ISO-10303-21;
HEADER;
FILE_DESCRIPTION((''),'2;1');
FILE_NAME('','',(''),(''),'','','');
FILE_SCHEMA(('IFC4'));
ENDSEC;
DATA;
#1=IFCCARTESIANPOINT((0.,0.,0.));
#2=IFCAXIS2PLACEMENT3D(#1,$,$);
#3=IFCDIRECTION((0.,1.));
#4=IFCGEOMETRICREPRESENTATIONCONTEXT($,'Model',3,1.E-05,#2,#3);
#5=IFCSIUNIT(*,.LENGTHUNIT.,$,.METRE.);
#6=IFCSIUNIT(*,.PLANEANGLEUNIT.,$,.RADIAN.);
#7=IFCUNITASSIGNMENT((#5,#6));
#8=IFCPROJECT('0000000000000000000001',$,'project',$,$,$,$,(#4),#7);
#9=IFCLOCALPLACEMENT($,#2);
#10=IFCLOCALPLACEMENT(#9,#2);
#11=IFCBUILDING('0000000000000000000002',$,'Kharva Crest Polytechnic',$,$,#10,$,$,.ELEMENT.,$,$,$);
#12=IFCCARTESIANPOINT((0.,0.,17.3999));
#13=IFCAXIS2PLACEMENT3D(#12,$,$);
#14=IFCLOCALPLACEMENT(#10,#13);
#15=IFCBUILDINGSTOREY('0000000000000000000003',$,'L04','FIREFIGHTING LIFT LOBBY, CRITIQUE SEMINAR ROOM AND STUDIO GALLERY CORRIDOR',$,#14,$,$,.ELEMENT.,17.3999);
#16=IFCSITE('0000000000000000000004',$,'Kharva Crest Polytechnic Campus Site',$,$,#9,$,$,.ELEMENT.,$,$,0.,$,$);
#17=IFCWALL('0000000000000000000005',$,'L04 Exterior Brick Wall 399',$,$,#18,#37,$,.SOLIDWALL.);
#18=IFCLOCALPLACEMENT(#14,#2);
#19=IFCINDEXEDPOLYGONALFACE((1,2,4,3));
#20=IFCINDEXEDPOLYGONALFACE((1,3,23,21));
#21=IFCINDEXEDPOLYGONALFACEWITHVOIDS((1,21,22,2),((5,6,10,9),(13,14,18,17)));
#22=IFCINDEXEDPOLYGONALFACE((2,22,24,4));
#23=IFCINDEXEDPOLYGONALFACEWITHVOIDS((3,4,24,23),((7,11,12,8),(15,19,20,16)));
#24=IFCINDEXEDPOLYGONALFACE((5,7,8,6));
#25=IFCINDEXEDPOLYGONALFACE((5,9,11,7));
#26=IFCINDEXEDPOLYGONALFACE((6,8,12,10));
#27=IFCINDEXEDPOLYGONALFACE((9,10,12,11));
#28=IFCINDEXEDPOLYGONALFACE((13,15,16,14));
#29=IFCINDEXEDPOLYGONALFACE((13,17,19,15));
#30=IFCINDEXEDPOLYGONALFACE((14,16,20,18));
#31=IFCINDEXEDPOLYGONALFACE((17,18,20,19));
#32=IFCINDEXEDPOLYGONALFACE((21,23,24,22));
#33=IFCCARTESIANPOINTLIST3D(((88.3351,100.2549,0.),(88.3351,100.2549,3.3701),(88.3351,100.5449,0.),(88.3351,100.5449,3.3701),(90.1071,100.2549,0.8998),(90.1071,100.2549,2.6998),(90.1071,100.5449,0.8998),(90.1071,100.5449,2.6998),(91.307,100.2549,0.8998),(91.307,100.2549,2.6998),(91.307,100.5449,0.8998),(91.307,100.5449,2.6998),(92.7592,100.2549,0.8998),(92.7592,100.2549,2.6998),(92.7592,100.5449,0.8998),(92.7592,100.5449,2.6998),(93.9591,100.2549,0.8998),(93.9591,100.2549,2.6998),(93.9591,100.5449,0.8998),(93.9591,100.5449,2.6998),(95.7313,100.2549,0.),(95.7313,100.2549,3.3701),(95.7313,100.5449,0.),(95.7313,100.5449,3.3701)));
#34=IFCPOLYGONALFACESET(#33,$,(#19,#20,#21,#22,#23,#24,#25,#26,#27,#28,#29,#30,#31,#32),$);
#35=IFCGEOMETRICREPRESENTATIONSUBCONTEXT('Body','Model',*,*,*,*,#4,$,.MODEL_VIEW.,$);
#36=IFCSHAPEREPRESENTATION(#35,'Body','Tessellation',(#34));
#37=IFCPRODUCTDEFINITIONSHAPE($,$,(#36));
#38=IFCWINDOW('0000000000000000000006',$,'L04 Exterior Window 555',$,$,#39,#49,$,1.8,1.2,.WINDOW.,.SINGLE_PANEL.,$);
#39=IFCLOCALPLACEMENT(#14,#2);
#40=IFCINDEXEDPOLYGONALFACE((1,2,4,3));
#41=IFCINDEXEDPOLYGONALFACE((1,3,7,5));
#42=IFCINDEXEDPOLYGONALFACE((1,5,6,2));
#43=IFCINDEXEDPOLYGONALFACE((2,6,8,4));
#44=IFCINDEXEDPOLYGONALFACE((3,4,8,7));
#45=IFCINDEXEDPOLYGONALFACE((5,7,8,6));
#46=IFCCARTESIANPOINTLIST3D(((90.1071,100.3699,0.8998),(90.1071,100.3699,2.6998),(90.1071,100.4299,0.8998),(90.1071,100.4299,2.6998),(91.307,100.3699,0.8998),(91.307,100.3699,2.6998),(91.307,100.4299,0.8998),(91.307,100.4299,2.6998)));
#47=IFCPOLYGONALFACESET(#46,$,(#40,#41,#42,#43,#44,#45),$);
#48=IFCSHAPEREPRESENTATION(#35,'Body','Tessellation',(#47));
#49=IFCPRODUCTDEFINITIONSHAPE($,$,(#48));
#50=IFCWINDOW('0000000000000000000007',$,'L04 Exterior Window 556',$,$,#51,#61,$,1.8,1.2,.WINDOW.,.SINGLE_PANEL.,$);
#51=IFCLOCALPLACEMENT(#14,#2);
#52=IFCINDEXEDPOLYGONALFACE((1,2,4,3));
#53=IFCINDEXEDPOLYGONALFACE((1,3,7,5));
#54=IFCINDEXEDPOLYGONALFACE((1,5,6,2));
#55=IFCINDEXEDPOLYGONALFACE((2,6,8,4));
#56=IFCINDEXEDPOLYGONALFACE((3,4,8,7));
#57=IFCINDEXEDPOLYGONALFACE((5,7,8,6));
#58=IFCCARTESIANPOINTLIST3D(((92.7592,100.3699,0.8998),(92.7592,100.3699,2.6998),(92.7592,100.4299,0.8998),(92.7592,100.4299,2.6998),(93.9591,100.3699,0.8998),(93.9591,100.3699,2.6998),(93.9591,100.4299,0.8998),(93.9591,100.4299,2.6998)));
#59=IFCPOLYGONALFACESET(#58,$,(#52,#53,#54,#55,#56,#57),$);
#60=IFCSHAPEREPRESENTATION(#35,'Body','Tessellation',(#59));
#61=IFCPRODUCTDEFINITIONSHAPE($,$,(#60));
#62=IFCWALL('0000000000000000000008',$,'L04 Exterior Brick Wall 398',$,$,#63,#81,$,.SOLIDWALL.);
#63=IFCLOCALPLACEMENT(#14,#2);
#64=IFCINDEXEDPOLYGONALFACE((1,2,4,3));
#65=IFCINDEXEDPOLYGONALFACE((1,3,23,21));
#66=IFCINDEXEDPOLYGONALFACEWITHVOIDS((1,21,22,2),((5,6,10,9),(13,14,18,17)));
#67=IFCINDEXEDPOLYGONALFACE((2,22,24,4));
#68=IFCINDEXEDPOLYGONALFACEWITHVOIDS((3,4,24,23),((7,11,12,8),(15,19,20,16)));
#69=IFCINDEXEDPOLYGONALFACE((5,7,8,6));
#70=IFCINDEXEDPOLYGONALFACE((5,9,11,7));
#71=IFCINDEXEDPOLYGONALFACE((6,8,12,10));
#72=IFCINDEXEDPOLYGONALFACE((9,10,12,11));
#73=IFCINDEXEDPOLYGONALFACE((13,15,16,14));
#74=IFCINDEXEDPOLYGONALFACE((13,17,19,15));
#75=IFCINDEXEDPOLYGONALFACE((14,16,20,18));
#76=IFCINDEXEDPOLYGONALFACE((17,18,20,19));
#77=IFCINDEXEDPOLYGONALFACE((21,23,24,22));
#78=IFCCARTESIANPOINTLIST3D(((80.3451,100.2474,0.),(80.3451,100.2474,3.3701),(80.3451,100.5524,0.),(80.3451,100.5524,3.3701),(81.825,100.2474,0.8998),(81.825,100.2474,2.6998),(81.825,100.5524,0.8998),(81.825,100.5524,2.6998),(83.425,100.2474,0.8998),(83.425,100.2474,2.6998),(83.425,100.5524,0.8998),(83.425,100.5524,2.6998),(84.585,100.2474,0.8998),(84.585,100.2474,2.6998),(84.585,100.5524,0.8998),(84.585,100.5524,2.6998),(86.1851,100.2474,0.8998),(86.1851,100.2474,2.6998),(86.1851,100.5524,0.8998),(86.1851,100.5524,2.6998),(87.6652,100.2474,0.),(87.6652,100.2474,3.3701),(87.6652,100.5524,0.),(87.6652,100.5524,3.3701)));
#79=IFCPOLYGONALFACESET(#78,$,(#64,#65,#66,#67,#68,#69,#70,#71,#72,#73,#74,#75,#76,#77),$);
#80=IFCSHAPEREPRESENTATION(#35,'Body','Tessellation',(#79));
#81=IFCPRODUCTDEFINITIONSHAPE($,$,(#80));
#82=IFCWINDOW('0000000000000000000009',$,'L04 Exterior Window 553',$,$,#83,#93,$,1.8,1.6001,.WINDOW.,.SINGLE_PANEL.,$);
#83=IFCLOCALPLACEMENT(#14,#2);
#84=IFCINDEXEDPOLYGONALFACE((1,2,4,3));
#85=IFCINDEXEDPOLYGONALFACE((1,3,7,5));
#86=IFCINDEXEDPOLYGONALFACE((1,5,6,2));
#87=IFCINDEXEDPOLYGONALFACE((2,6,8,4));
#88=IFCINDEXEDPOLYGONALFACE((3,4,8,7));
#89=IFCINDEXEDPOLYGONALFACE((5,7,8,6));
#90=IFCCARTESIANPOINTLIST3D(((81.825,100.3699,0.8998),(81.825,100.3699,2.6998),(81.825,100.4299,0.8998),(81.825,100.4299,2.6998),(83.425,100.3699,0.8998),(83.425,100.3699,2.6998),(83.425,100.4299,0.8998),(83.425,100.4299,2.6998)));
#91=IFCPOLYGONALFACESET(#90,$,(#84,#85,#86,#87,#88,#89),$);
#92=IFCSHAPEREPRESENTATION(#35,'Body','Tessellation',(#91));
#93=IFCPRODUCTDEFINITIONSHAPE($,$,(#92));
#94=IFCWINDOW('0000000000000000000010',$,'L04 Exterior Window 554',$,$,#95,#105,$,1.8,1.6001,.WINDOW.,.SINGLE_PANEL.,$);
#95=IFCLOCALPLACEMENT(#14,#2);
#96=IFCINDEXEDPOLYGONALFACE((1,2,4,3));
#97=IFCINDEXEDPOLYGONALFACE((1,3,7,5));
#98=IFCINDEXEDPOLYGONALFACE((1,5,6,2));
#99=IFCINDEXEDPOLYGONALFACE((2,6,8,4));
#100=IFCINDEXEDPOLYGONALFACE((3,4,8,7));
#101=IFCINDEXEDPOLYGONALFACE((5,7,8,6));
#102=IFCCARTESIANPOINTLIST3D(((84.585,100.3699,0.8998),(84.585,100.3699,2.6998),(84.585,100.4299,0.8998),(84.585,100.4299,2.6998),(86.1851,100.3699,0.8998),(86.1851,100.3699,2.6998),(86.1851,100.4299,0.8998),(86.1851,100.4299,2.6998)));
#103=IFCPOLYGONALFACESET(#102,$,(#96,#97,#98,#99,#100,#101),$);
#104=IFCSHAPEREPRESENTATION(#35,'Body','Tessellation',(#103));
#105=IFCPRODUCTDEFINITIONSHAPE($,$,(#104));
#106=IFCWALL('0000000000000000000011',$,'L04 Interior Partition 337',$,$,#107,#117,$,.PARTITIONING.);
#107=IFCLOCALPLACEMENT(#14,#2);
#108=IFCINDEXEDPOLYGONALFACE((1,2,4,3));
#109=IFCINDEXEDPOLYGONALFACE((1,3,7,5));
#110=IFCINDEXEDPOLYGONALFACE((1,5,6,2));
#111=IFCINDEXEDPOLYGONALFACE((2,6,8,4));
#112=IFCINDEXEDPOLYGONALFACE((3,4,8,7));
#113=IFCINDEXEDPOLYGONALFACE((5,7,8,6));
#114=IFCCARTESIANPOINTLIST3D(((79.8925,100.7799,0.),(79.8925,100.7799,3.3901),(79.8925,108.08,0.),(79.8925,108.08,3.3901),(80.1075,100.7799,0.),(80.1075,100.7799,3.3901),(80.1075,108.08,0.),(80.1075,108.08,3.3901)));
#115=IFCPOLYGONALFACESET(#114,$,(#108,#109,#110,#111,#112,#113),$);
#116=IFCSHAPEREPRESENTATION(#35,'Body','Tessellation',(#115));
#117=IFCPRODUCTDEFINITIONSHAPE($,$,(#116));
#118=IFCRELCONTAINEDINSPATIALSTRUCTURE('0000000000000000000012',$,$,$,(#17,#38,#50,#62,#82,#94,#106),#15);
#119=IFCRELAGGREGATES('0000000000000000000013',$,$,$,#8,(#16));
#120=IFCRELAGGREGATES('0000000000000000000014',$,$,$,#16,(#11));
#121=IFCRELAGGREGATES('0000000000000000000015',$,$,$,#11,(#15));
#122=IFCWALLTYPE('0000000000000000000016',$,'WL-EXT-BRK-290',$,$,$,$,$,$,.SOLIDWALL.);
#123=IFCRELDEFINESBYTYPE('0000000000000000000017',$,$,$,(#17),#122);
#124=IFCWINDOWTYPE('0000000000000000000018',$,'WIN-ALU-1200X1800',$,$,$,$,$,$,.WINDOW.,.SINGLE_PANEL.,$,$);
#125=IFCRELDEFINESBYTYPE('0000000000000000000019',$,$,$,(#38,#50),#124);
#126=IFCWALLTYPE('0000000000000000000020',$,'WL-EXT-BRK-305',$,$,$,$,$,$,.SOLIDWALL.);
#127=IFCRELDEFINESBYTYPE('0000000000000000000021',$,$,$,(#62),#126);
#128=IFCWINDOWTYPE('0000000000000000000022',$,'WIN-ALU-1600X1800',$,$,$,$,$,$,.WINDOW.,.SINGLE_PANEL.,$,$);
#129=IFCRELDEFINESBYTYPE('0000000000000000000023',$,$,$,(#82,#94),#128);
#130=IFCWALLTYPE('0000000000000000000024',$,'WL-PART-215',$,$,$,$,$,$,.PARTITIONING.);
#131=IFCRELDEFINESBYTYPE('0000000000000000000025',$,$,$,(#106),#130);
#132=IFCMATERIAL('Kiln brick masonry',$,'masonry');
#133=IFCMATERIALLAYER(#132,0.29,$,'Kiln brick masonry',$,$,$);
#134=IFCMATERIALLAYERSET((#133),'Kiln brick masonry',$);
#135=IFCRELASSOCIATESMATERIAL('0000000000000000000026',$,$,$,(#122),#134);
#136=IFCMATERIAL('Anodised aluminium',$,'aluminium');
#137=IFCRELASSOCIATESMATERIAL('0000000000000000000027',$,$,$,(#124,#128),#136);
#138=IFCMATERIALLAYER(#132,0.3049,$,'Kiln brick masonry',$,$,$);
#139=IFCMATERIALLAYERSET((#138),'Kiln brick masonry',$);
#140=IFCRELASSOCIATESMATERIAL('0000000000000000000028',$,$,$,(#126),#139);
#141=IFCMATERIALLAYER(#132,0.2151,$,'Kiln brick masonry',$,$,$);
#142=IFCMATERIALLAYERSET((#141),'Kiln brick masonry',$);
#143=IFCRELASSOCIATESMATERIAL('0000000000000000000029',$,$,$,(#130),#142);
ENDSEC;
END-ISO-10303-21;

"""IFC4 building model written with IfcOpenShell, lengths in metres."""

from ifc_helpers import new_model, si_unit, direction, frame, frame_2d, origin, place, context, subcontext, project, spatial, rectangle, extrude, material, layer, layer_set, type_object, element, fill, save


model = new_model("IFC4")

# Units and contexts
model_context = context("Model", 3, precision=1e-05, world=origin(), true_north=direction((0.0, 1.0)))
body_context = subcontext(model_context, "Body", "Model", "MODEL_VIEW")
ifc_project = project(units=[si_unit("LENGTHUNIT", "METRE"), si_unit("PLANEANGLEUNIT", "RADIAN")], contexts=[model_context])

# Site, building, storey
site_placement = place(None, origin())
site = spatial("IfcSite", under=ifc_project, at=site_placement, Name="Kharva Crest Polytechnic Campus Site", CompositionType="ELEMENT", RefElevation=0.0)
building_placement = place(site_placement, origin())
building = spatial("IfcBuilding", under=site, at=building_placement, Name="Kharva Crest Polytechnic", CompositionType="ELEMENT")
storey_placement = place(building_placement, frame((0.0, 0.0, 17.3999)))
storey = spatial("IfcBuildingStorey", under=building, at=storey_placement, Name="L04", Description="FIREFIGHTING LIFT LOBBY, CRITIQUE SEMINAR ROOM AND STUDIO GALLERY CORRIDOR", CompositionType="ELEMENT", Elevation=17.3999)

# Walls, openings, windows
ifc_material_1 = material(Name="Kiln brick masonry", Category="masonry")
ifc_material_2 = material(Name="Anodised aluminium", Category="aluminium")
ifc_layer_1 = layer(ifc_material_1, 0.29, Name="Kiln brick masonry")
ifc_layer_set_1 = layer_set([ifc_layer_1], Name="Kiln brick masonry")
wall_type_1 = type_object("IfcWallType", Name="WL-EXT-BRK-290", PredefinedType="SOLIDWALL", material=ifc_layer_set_1)
wall_1_placement = place(storey_placement, frame((88.335, 100.3999, 0.0), z_axis=(0.0, 0.0, 1.0), x_axis=(1.0, 0.0, 0.0)))
wall_1 = element("IfcWall", 1, at=wall_1_placement, inside=storey, type_object=wall_type_1, Name="L04 Exterior Brick Wall 399", PredefinedType="SOLIDWALL", context=body_context, shape_type="SweptSolid", body=[
    extrude(rectangle(XDim=7.3962, YDim=0.29, at=frame_2d((3.6982, 0.0))), origin(), (0.0, 0.0, 1.0), 3.3701),
])
opening_1_placement = place(wall_1_placement, frame((1.772, 0.0, 0.8999)))
opening_1 = element("IfcOpeningElement", 2, at=opening_1_placement, cuts=wall_1, PredefinedType="OPENING", context=body_context, shape_type="SweptSolid", body=[
    extrude(rectangle(XDim=1.2, YDim=1.8, at=frame_2d((0.6001, 0.8999))), frame((0.0, 0.155, 0.0), z_axis=(0.0, -1.0, 0.0), x_axis=(1.0, 0.0, 0.0)), (0.0, 0.0, 1.0), 0.3101),
])
opening_2_placement = place(wall_1_placement, frame((4.4241, 0.0, 0.8999)))
opening_2 = element("IfcOpeningElement", 3, at=opening_2_placement, cuts=wall_1, PredefinedType="OPENING", context=body_context, shape_type="SweptSolid", body=[
    extrude(rectangle(XDim=1.2, YDim=1.8, at=frame_2d((0.6001, 0.8999))), frame((0.0, 0.155, 0.0), z_axis=(0.0, -1.0, 0.0), x_axis=(1.0, 0.0, 0.0)), (0.0, 0.0, 1.0), 0.3101),
])
window_type_1 = type_object("IfcWindowType", Name="WIN-ALU-1200X1800", PartitioningType="SINGLE_PANEL", PredefinedType="WINDOW", material=ifc_material_2)
window_1_placement = place(opening_1_placement, origin())
window_1 = element("IfcWindow", 4, at=window_1_placement, inside=storey, type_object=window_type_1, Name="L04 Exterior Window 555", OverallHeight=1.8, OverallWidth=1.2, PartitioningType="SINGLE_PANEL", PredefinedType="WINDOW", context=body_context, shape_type="SweptSolid", body=[
    extrude(rectangle(XDim=1.2, YDim=1.8, at=frame_2d((0.6001, 0.8999))), frame((0.0, 0.03, 0.0), z_axis=(0.0, -1.0, 0.0), x_axis=(1.0, 0.0, 0.0)), (0.0, 0.0, 1.0), 0.0601),
])
fill(opening_1, window_1)
window_2_placement = place(opening_2_placement, origin())
window_2 = element("IfcWindow", 5, at=window_2_placement, inside=storey, type_object=window_type_1, Name="L04 Exterior Window 556", OverallHeight=1.8, OverallWidth=1.2, PartitioningType="SINGLE_PANEL", PredefinedType="WINDOW", context=body_context, shape_type="SweptSolid", body=[
    extrude(rectangle(XDim=1.2, YDim=1.8, at=frame_2d((0.6001, 0.8999))), frame((0.0, 0.03, 0.0), z_axis=(0.0, -1.0, 0.0), x_axis=(1.0, 0.0, 0.0)), (0.0, 0.0, 1.0), 0.0601),
])
fill(opening_2, window_2)
ifc_layer_2 = layer(ifc_material_1, 0.3049, Name="Kiln brick masonry")
ifc_layer_set_2 = layer_set([ifc_layer_2], Name="Kiln brick masonry")
wall_type_2 = type_object("IfcWallType", Name="WL-EXT-BRK-305", PredefinedType="SOLIDWALL", material=ifc_layer_set_2)
wall_2_placement = place(storey_placement, frame((80.345, 100.3999, 0.0), z_axis=(0.0, 0.0, 1.0), x_axis=(1.0, 0.0, 0.0)))
wall_2 = element("IfcWall", 6, at=wall_2_placement, inside=storey, type_object=wall_type_2, Name="L04 Exterior Brick Wall 398", PredefinedType="SOLIDWALL", context=body_context, shape_type="SweptSolid", body=[
    extrude(rectangle(XDim=7.3201, YDim=0.3049, at=frame_2d((3.6602, 0.0))), origin(), (0.0, 0.0, 1.0), 3.3701),
])
opening_3_placement = place(wall_2_placement, frame((1.48, 0.0, 0.8999)))
opening_3 = element("IfcOpeningElement", 7, at=opening_3_placement, cuts=wall_2, PredefinedType="OPENING", context=body_context, shape_type="SweptSolid", body=[
    extrude(rectangle(XDim=1.6001, YDim=1.8, at=frame_2d((0.8, 0.8999))), frame((0.0, 0.1624, 0.0), z_axis=(0.0, -1.0, 0.0), x_axis=(1.0, 0.0, 0.0)), (0.0, 0.0, 1.0), 0.325),
])
opening_4_placement = place(wall_2_placement, frame((4.24, 0.0, 0.8999)))
opening_4 = element("IfcOpeningElement", 8, at=opening_4_placement, cuts=wall_2, PredefinedType="OPENING", context=body_context, shape_type="SweptSolid", body=[
    extrude(rectangle(XDim=1.6001, YDim=1.8, at=frame_2d((0.8, 0.8999))), frame((0.0, 0.1624, 0.0), z_axis=(0.0, -1.0, 0.0), x_axis=(1.0, 0.0, 0.0)), (0.0, 0.0, 1.0), 0.325),
])
window_type_2 = type_object("IfcWindowType", Name="WIN-ALU-1600X1800", PartitioningType="SINGLE_PANEL", PredefinedType="WINDOW", material=ifc_material_2)
window_3_placement = place(opening_3_placement, origin())
window_3 = element("IfcWindow", 9, at=window_3_placement, inside=storey, type_object=window_type_2, Name="L04 Exterior Window 553", OverallHeight=1.8, OverallWidth=1.6001, PartitioningType="SINGLE_PANEL", PredefinedType="WINDOW", context=body_context, shape_type="SweptSolid", body=[
    extrude(rectangle(XDim=1.6001, YDim=1.8, at=frame_2d((0.8, 0.8999))), frame((0.0, 0.03, 0.0), z_axis=(0.0, -1.0, 0.0), x_axis=(1.0, 0.0, 0.0)), (0.0, 0.0, 1.0), 0.0601),
])
fill(opening_3, window_3)
window_4_placement = place(opening_4_placement, origin())
window_4 = element("IfcWindow", 10, at=window_4_placement, inside=storey, type_object=window_type_2, Name="L04 Exterior Window 554", OverallHeight=1.8, OverallWidth=1.6001, PartitioningType="SINGLE_PANEL", PredefinedType="WINDOW", context=body_context, shape_type="SweptSolid", body=[
    extrude(rectangle(XDim=1.6001, YDim=1.8, at=frame_2d((0.8, 0.8999))), frame((0.0, 0.03, 0.0), z_axis=(0.0, -1.0, 0.0), x_axis=(1.0, 0.0, 0.0)), (0.0, 0.0, 1.0), 0.0601),
])
fill(opening_4, window_4)

# Wall
ifc_layer_3 = layer(ifc_material_1, 0.2151, Name="Kiln brick masonry")
ifc_layer_set_3 = layer_set([ifc_layer_3], Name="Kiln brick masonry")
wall_type_3 = type_object("IfcWallType", Name="WL-PART-215", PredefinedType="PARTITIONING", material=ifc_layer_set_3)
wall_3_placement = place(storey_placement, frame((80.0, 100.78, 0.0), z_axis=(0.0, 0.0, 1.0), x_axis=(0.0, 1.0, 0.0)))
element("IfcWall", 11, at=wall_3_placement, inside=storey, type_object=wall_type_3, Name="L04 Interior Partition 337", PredefinedType="PARTITIONING", context=body_context, shape_type="SweptSolid", body=[
    extrude(rectangle(XDim=7.3, YDim=0.2151, at=frame_2d((3.6499, 0.0))), origin(), (0.0, 0.0, 1.0), 3.3901),
])

save(model, "model.ifc")
